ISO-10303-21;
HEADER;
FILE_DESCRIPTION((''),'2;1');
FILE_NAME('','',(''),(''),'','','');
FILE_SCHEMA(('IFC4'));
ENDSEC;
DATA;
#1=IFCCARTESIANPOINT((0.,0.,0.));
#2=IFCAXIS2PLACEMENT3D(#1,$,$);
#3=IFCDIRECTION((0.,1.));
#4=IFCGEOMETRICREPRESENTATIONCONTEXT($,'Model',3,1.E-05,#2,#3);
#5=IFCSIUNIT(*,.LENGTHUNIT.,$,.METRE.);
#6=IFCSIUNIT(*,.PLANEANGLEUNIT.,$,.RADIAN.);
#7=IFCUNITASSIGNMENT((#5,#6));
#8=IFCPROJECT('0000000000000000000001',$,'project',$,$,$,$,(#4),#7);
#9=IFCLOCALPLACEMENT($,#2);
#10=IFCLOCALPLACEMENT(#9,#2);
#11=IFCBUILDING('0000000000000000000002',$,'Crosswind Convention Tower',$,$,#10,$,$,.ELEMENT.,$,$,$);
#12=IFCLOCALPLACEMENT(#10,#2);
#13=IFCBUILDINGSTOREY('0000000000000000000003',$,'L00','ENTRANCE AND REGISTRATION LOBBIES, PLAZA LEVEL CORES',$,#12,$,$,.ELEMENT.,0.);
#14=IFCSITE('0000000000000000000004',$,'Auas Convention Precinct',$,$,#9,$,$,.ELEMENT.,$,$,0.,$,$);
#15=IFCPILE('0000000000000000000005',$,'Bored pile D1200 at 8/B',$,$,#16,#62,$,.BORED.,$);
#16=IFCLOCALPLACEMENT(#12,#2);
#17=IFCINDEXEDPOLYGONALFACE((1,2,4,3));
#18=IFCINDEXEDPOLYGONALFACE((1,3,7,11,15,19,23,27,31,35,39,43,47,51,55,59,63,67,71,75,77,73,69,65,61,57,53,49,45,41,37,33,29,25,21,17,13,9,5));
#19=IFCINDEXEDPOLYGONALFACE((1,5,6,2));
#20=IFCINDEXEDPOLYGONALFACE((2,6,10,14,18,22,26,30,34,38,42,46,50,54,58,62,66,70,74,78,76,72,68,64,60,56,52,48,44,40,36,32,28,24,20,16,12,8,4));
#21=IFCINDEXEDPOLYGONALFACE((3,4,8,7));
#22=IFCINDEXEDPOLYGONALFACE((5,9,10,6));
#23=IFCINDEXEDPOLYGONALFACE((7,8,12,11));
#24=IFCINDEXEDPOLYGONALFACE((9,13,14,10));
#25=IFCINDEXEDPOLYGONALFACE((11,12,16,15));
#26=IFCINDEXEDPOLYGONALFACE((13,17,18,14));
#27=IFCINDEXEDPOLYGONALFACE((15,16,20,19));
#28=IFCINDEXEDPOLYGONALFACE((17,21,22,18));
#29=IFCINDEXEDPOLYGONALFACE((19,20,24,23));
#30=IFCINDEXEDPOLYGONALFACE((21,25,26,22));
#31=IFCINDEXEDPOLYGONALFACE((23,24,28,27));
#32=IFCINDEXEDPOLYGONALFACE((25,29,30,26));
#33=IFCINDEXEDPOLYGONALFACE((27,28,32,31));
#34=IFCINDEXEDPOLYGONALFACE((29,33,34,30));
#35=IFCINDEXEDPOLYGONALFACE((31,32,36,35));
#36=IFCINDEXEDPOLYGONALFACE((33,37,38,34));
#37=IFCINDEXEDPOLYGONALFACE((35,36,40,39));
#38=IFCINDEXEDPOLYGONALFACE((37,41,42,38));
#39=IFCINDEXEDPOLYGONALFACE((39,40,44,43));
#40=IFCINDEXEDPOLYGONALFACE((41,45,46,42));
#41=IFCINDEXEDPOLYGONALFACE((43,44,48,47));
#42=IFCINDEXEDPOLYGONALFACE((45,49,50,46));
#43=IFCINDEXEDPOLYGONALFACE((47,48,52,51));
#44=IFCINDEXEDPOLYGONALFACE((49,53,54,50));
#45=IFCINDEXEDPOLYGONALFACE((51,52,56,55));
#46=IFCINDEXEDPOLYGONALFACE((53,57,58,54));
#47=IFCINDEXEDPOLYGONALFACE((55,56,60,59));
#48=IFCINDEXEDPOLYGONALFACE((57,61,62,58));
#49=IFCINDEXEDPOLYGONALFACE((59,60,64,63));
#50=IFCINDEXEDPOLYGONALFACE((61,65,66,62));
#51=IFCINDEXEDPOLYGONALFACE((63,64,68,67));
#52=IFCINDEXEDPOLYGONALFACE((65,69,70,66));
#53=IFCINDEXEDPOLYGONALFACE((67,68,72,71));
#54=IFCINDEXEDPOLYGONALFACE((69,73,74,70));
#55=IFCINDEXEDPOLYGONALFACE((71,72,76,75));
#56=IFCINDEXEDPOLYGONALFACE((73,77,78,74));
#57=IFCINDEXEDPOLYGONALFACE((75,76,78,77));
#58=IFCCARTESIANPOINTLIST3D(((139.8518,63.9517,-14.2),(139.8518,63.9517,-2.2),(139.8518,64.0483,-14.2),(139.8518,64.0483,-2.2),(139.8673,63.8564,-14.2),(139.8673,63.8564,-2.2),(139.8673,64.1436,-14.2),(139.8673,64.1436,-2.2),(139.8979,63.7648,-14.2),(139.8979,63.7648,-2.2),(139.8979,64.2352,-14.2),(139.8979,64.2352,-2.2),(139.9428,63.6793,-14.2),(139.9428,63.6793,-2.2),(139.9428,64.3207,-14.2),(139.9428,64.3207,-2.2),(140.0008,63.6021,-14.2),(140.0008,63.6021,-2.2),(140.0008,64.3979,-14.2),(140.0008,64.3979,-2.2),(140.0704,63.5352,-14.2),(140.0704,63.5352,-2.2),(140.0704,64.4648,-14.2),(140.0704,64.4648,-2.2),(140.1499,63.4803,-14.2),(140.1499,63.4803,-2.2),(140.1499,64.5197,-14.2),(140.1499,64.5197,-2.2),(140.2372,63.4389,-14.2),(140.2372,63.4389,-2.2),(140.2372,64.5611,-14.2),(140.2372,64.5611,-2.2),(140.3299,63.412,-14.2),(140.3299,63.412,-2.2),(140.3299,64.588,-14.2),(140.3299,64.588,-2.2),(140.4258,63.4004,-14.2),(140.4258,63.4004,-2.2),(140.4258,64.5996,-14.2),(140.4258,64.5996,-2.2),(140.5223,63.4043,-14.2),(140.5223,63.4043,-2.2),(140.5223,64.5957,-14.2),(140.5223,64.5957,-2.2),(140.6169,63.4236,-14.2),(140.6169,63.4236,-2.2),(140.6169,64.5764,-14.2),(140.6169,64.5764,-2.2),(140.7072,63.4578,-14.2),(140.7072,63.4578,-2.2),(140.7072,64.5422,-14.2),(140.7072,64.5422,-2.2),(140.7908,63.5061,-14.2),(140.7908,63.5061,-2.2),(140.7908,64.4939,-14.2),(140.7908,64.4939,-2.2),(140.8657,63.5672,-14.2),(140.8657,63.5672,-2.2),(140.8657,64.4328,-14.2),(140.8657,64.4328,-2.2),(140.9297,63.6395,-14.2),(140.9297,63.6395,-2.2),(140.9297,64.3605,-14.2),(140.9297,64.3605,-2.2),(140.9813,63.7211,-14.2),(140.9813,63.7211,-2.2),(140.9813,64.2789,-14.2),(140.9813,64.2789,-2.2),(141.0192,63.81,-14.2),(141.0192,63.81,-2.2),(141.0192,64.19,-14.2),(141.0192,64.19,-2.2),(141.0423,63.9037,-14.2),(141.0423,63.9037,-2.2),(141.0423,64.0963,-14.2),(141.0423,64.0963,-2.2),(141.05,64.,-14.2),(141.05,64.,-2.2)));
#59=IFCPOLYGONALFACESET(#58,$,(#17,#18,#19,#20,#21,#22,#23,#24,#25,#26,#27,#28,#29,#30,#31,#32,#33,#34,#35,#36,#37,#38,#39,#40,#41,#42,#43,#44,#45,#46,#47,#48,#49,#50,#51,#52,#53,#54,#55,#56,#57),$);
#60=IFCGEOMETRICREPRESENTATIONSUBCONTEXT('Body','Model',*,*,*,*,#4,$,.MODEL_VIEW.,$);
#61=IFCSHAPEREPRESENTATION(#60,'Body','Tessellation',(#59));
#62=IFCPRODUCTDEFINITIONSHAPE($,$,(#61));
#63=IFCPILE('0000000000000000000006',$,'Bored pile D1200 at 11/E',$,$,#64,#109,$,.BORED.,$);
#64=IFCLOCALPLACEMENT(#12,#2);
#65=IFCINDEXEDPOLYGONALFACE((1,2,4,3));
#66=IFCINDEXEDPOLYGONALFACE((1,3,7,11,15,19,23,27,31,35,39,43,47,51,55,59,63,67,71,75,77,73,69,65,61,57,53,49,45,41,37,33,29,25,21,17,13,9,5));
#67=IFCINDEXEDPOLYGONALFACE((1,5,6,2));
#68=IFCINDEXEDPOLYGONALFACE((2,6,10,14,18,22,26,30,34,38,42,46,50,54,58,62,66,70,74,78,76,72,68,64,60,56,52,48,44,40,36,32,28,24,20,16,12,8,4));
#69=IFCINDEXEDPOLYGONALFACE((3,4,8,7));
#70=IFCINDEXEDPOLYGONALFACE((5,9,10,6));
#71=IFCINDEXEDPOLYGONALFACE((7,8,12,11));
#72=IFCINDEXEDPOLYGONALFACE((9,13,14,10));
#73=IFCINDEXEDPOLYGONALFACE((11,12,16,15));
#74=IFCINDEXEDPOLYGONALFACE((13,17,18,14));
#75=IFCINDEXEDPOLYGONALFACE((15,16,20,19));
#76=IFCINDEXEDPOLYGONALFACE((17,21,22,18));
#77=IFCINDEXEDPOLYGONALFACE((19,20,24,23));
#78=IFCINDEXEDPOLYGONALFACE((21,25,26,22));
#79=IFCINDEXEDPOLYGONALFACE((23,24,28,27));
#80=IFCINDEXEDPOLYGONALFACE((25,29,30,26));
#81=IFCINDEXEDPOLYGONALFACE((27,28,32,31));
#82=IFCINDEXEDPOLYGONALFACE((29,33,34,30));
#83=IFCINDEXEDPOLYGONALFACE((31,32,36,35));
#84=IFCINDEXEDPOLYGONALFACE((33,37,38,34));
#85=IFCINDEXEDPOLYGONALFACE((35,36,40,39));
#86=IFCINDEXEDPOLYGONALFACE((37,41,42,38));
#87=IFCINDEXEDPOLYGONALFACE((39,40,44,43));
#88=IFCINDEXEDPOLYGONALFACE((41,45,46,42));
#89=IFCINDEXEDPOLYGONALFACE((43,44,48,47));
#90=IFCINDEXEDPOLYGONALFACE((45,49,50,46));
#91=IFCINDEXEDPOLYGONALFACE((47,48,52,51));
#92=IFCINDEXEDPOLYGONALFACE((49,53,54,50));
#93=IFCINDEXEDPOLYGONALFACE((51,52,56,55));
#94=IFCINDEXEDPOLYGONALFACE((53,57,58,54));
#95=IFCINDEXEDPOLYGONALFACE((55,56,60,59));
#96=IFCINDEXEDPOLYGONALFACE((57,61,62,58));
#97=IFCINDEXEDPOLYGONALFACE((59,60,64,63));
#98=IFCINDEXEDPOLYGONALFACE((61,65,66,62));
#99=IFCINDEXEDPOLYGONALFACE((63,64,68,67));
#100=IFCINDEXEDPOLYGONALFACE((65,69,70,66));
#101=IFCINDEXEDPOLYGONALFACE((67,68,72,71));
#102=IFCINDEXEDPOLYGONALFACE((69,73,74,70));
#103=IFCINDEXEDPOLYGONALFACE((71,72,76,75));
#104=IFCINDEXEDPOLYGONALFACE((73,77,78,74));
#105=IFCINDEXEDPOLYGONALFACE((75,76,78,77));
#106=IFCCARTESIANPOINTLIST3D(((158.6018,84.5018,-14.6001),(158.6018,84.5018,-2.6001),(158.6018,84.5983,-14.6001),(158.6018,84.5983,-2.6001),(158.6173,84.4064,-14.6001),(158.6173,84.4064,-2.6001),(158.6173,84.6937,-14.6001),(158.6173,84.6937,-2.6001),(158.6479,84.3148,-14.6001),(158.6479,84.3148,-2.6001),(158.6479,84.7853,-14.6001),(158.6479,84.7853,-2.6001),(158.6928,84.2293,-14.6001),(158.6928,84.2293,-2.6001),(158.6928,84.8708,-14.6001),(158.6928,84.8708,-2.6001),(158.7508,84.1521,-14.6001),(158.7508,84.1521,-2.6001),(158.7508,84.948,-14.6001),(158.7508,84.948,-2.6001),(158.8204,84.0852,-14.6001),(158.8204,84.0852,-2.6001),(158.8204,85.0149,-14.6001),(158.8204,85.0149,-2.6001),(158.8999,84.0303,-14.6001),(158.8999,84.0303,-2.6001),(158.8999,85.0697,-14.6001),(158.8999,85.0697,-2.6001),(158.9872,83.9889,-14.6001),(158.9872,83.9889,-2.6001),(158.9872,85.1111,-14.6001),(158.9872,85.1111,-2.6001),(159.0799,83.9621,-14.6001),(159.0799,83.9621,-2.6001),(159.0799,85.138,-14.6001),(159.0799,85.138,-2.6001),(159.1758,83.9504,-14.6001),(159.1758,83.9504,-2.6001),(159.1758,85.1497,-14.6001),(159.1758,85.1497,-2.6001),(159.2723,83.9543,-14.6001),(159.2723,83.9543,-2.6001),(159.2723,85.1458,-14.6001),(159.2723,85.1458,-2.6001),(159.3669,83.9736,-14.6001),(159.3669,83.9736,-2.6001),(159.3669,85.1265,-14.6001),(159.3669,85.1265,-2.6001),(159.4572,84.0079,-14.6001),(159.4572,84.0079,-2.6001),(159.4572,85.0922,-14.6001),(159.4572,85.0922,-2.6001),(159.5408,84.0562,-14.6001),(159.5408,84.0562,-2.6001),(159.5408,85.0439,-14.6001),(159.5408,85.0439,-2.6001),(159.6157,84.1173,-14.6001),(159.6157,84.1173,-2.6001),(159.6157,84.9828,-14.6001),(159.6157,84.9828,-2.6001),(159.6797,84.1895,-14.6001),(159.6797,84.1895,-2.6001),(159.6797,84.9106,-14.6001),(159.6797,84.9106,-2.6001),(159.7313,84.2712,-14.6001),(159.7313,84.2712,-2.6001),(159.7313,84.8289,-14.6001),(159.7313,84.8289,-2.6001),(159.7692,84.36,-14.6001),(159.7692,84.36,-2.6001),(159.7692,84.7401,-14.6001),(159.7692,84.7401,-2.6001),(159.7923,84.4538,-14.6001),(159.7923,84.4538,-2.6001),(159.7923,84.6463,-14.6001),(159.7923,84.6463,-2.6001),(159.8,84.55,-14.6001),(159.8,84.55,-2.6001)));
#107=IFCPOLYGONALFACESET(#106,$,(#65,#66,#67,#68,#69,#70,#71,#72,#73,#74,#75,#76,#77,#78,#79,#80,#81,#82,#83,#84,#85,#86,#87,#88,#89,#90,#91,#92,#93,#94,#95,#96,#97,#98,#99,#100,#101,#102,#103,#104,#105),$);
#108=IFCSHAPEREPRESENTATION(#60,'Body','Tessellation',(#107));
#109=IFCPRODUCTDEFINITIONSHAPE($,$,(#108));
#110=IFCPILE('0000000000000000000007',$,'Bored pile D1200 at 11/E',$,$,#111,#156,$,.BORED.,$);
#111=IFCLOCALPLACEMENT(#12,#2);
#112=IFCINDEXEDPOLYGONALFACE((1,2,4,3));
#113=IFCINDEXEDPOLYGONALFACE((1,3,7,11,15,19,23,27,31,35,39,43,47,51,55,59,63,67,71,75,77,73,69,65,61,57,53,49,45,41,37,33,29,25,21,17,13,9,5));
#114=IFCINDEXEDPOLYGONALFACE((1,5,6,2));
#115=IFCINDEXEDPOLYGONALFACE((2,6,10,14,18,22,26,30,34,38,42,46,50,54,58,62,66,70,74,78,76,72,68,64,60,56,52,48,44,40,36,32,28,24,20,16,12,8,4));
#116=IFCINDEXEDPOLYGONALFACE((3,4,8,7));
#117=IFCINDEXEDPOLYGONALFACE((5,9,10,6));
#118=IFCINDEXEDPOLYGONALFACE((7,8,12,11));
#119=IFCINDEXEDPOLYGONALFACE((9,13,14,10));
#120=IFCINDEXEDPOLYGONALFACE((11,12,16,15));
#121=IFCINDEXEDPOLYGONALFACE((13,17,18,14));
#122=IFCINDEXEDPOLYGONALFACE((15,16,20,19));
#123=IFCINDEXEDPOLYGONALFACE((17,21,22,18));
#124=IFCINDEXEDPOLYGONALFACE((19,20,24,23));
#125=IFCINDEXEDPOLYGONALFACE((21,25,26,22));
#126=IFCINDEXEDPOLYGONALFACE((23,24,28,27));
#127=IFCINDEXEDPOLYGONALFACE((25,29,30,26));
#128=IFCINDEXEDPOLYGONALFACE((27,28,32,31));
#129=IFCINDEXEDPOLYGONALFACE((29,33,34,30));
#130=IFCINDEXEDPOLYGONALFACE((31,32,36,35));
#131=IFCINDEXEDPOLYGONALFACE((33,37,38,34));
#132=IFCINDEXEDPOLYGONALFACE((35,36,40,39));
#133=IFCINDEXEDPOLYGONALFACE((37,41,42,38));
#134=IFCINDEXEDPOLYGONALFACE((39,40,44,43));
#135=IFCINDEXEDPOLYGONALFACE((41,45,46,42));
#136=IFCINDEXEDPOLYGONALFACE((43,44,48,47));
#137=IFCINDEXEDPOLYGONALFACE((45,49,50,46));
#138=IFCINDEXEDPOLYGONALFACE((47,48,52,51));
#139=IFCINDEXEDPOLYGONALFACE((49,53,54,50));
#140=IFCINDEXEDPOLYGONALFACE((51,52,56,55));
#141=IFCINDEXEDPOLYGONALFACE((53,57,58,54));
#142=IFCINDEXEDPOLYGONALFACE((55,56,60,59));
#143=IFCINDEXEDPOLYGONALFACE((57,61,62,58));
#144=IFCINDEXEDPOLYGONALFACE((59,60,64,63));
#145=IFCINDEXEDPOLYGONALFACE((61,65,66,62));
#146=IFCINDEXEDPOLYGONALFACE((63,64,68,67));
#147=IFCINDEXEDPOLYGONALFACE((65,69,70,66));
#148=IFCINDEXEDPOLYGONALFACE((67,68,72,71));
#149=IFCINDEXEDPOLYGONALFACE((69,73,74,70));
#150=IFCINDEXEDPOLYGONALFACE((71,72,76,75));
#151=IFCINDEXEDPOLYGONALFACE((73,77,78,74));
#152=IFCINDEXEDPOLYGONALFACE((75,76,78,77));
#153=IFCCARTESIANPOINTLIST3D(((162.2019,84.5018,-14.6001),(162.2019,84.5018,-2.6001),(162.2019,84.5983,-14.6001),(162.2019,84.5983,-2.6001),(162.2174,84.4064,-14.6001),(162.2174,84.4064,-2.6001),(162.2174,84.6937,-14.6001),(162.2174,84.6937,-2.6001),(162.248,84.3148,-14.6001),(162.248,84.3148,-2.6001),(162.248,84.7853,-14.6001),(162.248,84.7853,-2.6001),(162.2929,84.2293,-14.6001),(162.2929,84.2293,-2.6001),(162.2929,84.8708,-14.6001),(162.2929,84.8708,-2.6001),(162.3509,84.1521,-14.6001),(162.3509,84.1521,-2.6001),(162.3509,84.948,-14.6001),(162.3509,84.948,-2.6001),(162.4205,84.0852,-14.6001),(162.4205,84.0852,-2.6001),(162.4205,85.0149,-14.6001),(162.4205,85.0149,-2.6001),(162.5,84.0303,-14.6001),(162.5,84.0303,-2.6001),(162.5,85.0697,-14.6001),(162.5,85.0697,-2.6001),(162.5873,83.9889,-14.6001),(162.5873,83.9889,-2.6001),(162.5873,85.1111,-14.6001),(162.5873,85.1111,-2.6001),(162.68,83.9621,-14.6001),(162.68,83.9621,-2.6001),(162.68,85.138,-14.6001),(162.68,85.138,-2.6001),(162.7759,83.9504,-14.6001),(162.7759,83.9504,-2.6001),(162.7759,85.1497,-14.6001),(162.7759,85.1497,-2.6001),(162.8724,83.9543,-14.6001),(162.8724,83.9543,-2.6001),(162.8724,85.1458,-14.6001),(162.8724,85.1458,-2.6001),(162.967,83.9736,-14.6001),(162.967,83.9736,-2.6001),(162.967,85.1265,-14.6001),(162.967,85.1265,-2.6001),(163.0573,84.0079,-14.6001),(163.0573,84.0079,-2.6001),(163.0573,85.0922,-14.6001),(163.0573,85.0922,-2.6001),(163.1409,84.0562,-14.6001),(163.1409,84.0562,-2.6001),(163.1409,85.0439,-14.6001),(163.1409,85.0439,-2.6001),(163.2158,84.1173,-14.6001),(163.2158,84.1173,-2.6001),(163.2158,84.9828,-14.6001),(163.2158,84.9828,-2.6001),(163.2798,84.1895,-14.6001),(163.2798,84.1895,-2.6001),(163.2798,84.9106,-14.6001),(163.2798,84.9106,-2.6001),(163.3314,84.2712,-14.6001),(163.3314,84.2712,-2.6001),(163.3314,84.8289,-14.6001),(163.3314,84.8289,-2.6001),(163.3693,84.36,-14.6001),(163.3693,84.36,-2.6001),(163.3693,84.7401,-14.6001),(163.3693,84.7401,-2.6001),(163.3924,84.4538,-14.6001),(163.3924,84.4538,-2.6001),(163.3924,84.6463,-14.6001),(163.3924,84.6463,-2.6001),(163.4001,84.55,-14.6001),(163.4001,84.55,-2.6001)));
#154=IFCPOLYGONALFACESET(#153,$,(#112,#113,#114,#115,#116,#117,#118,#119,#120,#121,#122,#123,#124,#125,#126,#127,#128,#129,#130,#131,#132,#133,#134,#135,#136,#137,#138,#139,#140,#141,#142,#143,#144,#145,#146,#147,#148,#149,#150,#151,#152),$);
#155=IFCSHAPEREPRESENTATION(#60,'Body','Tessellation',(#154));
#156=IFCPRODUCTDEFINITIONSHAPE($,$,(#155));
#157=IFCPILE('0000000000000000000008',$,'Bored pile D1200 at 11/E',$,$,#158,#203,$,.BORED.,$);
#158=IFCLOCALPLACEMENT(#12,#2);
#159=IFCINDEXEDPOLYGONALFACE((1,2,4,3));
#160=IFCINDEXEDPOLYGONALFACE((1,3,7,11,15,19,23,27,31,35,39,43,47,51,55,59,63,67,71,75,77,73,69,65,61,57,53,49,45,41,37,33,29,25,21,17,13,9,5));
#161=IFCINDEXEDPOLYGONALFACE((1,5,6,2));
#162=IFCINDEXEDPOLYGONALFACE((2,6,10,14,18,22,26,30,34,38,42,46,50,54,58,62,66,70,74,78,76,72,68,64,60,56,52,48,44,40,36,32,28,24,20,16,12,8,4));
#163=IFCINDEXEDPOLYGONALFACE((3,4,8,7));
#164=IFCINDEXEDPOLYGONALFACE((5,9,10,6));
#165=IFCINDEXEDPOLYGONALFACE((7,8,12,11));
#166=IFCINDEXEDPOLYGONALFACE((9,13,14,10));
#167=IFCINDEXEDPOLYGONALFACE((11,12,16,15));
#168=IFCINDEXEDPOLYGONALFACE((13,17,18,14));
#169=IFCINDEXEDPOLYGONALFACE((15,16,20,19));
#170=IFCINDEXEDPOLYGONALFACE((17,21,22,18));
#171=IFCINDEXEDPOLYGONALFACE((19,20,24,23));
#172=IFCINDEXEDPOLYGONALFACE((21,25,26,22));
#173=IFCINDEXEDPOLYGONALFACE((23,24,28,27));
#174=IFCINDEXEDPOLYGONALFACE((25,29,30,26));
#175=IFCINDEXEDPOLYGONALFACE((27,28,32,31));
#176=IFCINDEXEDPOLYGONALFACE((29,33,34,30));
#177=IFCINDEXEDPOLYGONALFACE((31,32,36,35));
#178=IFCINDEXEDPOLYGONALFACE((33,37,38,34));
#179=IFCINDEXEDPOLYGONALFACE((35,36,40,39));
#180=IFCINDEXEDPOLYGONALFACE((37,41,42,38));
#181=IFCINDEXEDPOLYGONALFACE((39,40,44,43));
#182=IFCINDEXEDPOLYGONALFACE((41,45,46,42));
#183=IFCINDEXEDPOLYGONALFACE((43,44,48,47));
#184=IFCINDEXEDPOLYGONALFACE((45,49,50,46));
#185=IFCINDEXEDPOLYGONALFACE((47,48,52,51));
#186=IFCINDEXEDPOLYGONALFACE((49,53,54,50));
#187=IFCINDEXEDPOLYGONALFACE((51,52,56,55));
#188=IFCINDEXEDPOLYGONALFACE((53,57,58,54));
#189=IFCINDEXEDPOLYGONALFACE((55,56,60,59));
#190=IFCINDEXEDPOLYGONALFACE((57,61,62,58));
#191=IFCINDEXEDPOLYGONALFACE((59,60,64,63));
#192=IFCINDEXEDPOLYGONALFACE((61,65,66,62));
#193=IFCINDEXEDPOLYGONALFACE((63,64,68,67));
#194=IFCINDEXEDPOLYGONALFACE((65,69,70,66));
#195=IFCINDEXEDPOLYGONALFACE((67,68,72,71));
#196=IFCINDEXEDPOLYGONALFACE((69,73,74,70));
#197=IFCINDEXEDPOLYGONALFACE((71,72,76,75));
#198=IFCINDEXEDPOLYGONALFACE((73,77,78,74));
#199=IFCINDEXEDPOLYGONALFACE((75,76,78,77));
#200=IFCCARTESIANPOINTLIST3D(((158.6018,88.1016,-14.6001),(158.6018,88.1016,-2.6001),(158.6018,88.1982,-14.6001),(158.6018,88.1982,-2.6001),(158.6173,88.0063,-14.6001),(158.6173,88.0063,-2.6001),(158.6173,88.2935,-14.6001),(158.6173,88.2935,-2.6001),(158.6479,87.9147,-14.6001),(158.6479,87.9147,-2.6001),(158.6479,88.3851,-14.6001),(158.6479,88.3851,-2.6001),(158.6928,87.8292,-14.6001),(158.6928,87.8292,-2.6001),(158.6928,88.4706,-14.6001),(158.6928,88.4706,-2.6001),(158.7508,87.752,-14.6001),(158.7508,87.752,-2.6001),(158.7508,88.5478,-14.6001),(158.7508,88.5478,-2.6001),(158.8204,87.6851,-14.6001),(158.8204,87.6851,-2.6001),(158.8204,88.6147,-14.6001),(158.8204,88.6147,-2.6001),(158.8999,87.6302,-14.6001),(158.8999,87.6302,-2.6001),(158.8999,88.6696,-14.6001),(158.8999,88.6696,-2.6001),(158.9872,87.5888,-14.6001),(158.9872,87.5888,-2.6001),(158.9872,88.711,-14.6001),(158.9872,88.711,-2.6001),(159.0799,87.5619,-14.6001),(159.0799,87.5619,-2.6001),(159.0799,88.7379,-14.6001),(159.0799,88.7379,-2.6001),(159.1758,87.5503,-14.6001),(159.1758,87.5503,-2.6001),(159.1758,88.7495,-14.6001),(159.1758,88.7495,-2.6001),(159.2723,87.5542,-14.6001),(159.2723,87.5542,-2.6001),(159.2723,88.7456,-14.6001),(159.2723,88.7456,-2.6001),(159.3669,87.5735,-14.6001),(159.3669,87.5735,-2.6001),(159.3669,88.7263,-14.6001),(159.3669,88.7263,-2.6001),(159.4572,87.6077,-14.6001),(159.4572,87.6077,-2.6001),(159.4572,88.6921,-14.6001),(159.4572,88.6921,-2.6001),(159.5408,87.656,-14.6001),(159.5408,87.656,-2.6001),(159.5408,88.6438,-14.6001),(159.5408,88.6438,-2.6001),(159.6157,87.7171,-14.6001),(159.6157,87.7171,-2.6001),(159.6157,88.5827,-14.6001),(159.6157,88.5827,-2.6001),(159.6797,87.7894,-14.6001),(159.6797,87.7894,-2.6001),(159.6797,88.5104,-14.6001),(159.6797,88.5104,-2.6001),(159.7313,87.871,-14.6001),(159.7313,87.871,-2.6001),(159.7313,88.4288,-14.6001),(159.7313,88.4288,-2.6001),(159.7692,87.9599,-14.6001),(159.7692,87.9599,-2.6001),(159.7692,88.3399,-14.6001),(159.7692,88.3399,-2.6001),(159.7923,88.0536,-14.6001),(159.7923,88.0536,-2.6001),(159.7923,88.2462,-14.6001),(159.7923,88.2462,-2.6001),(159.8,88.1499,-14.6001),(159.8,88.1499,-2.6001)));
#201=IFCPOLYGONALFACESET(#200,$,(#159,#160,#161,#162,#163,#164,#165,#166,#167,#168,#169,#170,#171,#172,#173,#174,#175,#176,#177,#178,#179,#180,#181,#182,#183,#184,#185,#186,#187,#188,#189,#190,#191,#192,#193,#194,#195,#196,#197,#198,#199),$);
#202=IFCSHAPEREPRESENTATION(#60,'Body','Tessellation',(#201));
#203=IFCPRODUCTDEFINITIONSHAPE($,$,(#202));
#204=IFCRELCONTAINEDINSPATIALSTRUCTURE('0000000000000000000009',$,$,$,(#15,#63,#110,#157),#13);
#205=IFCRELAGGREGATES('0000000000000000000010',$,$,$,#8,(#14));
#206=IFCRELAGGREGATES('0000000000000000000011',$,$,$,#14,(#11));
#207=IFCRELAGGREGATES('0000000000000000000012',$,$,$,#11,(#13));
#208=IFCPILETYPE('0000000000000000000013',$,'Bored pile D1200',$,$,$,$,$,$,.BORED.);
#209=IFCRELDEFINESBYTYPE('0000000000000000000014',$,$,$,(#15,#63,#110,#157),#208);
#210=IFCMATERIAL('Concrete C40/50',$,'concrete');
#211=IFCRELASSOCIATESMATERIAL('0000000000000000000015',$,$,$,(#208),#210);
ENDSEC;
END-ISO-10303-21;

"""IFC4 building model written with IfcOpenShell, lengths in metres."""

from ifc_helpers import new_model, si_unit, direction, frame, origin, origin_2d, place, context, subcontext, project, spatial, circle, extrude, material, material_profile, profile_set, type_object, element, save


model = new_model("IFC4")

# Units and contexts
model_context = context("Model", 3, precision=1e-05, world=origin(), true_north=direction((0.0, 1.0)))
body_context = subcontext(model_context, "Body", "Model", "MODEL_VIEW")
ifc_project = project(units=[si_unit("LENGTHUNIT", "METRE"), si_unit("PLANEANGLEUNIT", "RADIAN")], contexts=[model_context])

# Site, building, storey
site_placement = place(None, origin())
site = spatial("IfcSite", under=ifc_project, at=site_placement, Name="Auas Convention Precinct", CompositionType="ELEMENT", RefElevation=0.0)
building_placement = place(site_placement, origin())
building = spatial("IfcBuilding", under=site, at=building_placement, Name="Crosswind Convention Tower", CompositionType="ELEMENT")
storey_placement = place(building_placement, origin())
storey = spatial("IfcBuildingStorey", under=building, at=storey_placement, Name="L00", Description="ENTRANCE AND REGISTRATION LOBBIES, PLAZA LEVEL CORES", CompositionType="ELEMENT", Elevation=0.0)

# Piles
ifc_material_1 = material(Name="Concrete C40/50", Category="concrete")
ifc_material_profile_1 = material_profile(ifc_material_1, circle(Radius=0.6001, at=origin_2d()), Name="Bored pile D1200")
ifc_profile_set_1 = profile_set([ifc_material_profile_1], Name="Concrete C40/50")
pile_type_1 = type_object("IfcPileType", Name="Bored pile D1200", PredefinedType="BORED", material=ifc_profile_set_1)
for number, where, z_axis, x_axis, name in (
    (1, (140.45, 64.0, -2.2), (0.0, 0.0, -1.0), (1.0, 0.0, 0.0), "Bored pile D1200 at 8/B"),
    (2, (159.2, 84.55, -2.6001), (0.0, 0.0, -1.0), (1.0, 0.0, 0.0), "Bored pile D1200 at 11/E"),
    (3, (162.8, 84.55, -2.6001), (0.0, 0.0, -1.0), (1.0, 0.0, 0.0), "Bored pile D1200 at 11/E"),
    (4, (159.2, 88.1499, -2.6001), (0.0, 0.0, -1.0), (1.0, 0.0, 0.0), "Bored pile D1200 at 11/E"),
):
    element("IfcPile", number, at=place(storey_placement, frame(where, z_axis=z_axis, x_axis=x_axis)), inside=storey, type_object=pile_type_1, Name=name, PredefinedType="BORED", context=body_context, shape_type="SweptSolid", body=[
        extrude(circle(Radius=0.6001, at=origin_2d()), origin(), (0.0, 0.0, 1.0), 12.0),
    ])

save(model, "model.ifc")
